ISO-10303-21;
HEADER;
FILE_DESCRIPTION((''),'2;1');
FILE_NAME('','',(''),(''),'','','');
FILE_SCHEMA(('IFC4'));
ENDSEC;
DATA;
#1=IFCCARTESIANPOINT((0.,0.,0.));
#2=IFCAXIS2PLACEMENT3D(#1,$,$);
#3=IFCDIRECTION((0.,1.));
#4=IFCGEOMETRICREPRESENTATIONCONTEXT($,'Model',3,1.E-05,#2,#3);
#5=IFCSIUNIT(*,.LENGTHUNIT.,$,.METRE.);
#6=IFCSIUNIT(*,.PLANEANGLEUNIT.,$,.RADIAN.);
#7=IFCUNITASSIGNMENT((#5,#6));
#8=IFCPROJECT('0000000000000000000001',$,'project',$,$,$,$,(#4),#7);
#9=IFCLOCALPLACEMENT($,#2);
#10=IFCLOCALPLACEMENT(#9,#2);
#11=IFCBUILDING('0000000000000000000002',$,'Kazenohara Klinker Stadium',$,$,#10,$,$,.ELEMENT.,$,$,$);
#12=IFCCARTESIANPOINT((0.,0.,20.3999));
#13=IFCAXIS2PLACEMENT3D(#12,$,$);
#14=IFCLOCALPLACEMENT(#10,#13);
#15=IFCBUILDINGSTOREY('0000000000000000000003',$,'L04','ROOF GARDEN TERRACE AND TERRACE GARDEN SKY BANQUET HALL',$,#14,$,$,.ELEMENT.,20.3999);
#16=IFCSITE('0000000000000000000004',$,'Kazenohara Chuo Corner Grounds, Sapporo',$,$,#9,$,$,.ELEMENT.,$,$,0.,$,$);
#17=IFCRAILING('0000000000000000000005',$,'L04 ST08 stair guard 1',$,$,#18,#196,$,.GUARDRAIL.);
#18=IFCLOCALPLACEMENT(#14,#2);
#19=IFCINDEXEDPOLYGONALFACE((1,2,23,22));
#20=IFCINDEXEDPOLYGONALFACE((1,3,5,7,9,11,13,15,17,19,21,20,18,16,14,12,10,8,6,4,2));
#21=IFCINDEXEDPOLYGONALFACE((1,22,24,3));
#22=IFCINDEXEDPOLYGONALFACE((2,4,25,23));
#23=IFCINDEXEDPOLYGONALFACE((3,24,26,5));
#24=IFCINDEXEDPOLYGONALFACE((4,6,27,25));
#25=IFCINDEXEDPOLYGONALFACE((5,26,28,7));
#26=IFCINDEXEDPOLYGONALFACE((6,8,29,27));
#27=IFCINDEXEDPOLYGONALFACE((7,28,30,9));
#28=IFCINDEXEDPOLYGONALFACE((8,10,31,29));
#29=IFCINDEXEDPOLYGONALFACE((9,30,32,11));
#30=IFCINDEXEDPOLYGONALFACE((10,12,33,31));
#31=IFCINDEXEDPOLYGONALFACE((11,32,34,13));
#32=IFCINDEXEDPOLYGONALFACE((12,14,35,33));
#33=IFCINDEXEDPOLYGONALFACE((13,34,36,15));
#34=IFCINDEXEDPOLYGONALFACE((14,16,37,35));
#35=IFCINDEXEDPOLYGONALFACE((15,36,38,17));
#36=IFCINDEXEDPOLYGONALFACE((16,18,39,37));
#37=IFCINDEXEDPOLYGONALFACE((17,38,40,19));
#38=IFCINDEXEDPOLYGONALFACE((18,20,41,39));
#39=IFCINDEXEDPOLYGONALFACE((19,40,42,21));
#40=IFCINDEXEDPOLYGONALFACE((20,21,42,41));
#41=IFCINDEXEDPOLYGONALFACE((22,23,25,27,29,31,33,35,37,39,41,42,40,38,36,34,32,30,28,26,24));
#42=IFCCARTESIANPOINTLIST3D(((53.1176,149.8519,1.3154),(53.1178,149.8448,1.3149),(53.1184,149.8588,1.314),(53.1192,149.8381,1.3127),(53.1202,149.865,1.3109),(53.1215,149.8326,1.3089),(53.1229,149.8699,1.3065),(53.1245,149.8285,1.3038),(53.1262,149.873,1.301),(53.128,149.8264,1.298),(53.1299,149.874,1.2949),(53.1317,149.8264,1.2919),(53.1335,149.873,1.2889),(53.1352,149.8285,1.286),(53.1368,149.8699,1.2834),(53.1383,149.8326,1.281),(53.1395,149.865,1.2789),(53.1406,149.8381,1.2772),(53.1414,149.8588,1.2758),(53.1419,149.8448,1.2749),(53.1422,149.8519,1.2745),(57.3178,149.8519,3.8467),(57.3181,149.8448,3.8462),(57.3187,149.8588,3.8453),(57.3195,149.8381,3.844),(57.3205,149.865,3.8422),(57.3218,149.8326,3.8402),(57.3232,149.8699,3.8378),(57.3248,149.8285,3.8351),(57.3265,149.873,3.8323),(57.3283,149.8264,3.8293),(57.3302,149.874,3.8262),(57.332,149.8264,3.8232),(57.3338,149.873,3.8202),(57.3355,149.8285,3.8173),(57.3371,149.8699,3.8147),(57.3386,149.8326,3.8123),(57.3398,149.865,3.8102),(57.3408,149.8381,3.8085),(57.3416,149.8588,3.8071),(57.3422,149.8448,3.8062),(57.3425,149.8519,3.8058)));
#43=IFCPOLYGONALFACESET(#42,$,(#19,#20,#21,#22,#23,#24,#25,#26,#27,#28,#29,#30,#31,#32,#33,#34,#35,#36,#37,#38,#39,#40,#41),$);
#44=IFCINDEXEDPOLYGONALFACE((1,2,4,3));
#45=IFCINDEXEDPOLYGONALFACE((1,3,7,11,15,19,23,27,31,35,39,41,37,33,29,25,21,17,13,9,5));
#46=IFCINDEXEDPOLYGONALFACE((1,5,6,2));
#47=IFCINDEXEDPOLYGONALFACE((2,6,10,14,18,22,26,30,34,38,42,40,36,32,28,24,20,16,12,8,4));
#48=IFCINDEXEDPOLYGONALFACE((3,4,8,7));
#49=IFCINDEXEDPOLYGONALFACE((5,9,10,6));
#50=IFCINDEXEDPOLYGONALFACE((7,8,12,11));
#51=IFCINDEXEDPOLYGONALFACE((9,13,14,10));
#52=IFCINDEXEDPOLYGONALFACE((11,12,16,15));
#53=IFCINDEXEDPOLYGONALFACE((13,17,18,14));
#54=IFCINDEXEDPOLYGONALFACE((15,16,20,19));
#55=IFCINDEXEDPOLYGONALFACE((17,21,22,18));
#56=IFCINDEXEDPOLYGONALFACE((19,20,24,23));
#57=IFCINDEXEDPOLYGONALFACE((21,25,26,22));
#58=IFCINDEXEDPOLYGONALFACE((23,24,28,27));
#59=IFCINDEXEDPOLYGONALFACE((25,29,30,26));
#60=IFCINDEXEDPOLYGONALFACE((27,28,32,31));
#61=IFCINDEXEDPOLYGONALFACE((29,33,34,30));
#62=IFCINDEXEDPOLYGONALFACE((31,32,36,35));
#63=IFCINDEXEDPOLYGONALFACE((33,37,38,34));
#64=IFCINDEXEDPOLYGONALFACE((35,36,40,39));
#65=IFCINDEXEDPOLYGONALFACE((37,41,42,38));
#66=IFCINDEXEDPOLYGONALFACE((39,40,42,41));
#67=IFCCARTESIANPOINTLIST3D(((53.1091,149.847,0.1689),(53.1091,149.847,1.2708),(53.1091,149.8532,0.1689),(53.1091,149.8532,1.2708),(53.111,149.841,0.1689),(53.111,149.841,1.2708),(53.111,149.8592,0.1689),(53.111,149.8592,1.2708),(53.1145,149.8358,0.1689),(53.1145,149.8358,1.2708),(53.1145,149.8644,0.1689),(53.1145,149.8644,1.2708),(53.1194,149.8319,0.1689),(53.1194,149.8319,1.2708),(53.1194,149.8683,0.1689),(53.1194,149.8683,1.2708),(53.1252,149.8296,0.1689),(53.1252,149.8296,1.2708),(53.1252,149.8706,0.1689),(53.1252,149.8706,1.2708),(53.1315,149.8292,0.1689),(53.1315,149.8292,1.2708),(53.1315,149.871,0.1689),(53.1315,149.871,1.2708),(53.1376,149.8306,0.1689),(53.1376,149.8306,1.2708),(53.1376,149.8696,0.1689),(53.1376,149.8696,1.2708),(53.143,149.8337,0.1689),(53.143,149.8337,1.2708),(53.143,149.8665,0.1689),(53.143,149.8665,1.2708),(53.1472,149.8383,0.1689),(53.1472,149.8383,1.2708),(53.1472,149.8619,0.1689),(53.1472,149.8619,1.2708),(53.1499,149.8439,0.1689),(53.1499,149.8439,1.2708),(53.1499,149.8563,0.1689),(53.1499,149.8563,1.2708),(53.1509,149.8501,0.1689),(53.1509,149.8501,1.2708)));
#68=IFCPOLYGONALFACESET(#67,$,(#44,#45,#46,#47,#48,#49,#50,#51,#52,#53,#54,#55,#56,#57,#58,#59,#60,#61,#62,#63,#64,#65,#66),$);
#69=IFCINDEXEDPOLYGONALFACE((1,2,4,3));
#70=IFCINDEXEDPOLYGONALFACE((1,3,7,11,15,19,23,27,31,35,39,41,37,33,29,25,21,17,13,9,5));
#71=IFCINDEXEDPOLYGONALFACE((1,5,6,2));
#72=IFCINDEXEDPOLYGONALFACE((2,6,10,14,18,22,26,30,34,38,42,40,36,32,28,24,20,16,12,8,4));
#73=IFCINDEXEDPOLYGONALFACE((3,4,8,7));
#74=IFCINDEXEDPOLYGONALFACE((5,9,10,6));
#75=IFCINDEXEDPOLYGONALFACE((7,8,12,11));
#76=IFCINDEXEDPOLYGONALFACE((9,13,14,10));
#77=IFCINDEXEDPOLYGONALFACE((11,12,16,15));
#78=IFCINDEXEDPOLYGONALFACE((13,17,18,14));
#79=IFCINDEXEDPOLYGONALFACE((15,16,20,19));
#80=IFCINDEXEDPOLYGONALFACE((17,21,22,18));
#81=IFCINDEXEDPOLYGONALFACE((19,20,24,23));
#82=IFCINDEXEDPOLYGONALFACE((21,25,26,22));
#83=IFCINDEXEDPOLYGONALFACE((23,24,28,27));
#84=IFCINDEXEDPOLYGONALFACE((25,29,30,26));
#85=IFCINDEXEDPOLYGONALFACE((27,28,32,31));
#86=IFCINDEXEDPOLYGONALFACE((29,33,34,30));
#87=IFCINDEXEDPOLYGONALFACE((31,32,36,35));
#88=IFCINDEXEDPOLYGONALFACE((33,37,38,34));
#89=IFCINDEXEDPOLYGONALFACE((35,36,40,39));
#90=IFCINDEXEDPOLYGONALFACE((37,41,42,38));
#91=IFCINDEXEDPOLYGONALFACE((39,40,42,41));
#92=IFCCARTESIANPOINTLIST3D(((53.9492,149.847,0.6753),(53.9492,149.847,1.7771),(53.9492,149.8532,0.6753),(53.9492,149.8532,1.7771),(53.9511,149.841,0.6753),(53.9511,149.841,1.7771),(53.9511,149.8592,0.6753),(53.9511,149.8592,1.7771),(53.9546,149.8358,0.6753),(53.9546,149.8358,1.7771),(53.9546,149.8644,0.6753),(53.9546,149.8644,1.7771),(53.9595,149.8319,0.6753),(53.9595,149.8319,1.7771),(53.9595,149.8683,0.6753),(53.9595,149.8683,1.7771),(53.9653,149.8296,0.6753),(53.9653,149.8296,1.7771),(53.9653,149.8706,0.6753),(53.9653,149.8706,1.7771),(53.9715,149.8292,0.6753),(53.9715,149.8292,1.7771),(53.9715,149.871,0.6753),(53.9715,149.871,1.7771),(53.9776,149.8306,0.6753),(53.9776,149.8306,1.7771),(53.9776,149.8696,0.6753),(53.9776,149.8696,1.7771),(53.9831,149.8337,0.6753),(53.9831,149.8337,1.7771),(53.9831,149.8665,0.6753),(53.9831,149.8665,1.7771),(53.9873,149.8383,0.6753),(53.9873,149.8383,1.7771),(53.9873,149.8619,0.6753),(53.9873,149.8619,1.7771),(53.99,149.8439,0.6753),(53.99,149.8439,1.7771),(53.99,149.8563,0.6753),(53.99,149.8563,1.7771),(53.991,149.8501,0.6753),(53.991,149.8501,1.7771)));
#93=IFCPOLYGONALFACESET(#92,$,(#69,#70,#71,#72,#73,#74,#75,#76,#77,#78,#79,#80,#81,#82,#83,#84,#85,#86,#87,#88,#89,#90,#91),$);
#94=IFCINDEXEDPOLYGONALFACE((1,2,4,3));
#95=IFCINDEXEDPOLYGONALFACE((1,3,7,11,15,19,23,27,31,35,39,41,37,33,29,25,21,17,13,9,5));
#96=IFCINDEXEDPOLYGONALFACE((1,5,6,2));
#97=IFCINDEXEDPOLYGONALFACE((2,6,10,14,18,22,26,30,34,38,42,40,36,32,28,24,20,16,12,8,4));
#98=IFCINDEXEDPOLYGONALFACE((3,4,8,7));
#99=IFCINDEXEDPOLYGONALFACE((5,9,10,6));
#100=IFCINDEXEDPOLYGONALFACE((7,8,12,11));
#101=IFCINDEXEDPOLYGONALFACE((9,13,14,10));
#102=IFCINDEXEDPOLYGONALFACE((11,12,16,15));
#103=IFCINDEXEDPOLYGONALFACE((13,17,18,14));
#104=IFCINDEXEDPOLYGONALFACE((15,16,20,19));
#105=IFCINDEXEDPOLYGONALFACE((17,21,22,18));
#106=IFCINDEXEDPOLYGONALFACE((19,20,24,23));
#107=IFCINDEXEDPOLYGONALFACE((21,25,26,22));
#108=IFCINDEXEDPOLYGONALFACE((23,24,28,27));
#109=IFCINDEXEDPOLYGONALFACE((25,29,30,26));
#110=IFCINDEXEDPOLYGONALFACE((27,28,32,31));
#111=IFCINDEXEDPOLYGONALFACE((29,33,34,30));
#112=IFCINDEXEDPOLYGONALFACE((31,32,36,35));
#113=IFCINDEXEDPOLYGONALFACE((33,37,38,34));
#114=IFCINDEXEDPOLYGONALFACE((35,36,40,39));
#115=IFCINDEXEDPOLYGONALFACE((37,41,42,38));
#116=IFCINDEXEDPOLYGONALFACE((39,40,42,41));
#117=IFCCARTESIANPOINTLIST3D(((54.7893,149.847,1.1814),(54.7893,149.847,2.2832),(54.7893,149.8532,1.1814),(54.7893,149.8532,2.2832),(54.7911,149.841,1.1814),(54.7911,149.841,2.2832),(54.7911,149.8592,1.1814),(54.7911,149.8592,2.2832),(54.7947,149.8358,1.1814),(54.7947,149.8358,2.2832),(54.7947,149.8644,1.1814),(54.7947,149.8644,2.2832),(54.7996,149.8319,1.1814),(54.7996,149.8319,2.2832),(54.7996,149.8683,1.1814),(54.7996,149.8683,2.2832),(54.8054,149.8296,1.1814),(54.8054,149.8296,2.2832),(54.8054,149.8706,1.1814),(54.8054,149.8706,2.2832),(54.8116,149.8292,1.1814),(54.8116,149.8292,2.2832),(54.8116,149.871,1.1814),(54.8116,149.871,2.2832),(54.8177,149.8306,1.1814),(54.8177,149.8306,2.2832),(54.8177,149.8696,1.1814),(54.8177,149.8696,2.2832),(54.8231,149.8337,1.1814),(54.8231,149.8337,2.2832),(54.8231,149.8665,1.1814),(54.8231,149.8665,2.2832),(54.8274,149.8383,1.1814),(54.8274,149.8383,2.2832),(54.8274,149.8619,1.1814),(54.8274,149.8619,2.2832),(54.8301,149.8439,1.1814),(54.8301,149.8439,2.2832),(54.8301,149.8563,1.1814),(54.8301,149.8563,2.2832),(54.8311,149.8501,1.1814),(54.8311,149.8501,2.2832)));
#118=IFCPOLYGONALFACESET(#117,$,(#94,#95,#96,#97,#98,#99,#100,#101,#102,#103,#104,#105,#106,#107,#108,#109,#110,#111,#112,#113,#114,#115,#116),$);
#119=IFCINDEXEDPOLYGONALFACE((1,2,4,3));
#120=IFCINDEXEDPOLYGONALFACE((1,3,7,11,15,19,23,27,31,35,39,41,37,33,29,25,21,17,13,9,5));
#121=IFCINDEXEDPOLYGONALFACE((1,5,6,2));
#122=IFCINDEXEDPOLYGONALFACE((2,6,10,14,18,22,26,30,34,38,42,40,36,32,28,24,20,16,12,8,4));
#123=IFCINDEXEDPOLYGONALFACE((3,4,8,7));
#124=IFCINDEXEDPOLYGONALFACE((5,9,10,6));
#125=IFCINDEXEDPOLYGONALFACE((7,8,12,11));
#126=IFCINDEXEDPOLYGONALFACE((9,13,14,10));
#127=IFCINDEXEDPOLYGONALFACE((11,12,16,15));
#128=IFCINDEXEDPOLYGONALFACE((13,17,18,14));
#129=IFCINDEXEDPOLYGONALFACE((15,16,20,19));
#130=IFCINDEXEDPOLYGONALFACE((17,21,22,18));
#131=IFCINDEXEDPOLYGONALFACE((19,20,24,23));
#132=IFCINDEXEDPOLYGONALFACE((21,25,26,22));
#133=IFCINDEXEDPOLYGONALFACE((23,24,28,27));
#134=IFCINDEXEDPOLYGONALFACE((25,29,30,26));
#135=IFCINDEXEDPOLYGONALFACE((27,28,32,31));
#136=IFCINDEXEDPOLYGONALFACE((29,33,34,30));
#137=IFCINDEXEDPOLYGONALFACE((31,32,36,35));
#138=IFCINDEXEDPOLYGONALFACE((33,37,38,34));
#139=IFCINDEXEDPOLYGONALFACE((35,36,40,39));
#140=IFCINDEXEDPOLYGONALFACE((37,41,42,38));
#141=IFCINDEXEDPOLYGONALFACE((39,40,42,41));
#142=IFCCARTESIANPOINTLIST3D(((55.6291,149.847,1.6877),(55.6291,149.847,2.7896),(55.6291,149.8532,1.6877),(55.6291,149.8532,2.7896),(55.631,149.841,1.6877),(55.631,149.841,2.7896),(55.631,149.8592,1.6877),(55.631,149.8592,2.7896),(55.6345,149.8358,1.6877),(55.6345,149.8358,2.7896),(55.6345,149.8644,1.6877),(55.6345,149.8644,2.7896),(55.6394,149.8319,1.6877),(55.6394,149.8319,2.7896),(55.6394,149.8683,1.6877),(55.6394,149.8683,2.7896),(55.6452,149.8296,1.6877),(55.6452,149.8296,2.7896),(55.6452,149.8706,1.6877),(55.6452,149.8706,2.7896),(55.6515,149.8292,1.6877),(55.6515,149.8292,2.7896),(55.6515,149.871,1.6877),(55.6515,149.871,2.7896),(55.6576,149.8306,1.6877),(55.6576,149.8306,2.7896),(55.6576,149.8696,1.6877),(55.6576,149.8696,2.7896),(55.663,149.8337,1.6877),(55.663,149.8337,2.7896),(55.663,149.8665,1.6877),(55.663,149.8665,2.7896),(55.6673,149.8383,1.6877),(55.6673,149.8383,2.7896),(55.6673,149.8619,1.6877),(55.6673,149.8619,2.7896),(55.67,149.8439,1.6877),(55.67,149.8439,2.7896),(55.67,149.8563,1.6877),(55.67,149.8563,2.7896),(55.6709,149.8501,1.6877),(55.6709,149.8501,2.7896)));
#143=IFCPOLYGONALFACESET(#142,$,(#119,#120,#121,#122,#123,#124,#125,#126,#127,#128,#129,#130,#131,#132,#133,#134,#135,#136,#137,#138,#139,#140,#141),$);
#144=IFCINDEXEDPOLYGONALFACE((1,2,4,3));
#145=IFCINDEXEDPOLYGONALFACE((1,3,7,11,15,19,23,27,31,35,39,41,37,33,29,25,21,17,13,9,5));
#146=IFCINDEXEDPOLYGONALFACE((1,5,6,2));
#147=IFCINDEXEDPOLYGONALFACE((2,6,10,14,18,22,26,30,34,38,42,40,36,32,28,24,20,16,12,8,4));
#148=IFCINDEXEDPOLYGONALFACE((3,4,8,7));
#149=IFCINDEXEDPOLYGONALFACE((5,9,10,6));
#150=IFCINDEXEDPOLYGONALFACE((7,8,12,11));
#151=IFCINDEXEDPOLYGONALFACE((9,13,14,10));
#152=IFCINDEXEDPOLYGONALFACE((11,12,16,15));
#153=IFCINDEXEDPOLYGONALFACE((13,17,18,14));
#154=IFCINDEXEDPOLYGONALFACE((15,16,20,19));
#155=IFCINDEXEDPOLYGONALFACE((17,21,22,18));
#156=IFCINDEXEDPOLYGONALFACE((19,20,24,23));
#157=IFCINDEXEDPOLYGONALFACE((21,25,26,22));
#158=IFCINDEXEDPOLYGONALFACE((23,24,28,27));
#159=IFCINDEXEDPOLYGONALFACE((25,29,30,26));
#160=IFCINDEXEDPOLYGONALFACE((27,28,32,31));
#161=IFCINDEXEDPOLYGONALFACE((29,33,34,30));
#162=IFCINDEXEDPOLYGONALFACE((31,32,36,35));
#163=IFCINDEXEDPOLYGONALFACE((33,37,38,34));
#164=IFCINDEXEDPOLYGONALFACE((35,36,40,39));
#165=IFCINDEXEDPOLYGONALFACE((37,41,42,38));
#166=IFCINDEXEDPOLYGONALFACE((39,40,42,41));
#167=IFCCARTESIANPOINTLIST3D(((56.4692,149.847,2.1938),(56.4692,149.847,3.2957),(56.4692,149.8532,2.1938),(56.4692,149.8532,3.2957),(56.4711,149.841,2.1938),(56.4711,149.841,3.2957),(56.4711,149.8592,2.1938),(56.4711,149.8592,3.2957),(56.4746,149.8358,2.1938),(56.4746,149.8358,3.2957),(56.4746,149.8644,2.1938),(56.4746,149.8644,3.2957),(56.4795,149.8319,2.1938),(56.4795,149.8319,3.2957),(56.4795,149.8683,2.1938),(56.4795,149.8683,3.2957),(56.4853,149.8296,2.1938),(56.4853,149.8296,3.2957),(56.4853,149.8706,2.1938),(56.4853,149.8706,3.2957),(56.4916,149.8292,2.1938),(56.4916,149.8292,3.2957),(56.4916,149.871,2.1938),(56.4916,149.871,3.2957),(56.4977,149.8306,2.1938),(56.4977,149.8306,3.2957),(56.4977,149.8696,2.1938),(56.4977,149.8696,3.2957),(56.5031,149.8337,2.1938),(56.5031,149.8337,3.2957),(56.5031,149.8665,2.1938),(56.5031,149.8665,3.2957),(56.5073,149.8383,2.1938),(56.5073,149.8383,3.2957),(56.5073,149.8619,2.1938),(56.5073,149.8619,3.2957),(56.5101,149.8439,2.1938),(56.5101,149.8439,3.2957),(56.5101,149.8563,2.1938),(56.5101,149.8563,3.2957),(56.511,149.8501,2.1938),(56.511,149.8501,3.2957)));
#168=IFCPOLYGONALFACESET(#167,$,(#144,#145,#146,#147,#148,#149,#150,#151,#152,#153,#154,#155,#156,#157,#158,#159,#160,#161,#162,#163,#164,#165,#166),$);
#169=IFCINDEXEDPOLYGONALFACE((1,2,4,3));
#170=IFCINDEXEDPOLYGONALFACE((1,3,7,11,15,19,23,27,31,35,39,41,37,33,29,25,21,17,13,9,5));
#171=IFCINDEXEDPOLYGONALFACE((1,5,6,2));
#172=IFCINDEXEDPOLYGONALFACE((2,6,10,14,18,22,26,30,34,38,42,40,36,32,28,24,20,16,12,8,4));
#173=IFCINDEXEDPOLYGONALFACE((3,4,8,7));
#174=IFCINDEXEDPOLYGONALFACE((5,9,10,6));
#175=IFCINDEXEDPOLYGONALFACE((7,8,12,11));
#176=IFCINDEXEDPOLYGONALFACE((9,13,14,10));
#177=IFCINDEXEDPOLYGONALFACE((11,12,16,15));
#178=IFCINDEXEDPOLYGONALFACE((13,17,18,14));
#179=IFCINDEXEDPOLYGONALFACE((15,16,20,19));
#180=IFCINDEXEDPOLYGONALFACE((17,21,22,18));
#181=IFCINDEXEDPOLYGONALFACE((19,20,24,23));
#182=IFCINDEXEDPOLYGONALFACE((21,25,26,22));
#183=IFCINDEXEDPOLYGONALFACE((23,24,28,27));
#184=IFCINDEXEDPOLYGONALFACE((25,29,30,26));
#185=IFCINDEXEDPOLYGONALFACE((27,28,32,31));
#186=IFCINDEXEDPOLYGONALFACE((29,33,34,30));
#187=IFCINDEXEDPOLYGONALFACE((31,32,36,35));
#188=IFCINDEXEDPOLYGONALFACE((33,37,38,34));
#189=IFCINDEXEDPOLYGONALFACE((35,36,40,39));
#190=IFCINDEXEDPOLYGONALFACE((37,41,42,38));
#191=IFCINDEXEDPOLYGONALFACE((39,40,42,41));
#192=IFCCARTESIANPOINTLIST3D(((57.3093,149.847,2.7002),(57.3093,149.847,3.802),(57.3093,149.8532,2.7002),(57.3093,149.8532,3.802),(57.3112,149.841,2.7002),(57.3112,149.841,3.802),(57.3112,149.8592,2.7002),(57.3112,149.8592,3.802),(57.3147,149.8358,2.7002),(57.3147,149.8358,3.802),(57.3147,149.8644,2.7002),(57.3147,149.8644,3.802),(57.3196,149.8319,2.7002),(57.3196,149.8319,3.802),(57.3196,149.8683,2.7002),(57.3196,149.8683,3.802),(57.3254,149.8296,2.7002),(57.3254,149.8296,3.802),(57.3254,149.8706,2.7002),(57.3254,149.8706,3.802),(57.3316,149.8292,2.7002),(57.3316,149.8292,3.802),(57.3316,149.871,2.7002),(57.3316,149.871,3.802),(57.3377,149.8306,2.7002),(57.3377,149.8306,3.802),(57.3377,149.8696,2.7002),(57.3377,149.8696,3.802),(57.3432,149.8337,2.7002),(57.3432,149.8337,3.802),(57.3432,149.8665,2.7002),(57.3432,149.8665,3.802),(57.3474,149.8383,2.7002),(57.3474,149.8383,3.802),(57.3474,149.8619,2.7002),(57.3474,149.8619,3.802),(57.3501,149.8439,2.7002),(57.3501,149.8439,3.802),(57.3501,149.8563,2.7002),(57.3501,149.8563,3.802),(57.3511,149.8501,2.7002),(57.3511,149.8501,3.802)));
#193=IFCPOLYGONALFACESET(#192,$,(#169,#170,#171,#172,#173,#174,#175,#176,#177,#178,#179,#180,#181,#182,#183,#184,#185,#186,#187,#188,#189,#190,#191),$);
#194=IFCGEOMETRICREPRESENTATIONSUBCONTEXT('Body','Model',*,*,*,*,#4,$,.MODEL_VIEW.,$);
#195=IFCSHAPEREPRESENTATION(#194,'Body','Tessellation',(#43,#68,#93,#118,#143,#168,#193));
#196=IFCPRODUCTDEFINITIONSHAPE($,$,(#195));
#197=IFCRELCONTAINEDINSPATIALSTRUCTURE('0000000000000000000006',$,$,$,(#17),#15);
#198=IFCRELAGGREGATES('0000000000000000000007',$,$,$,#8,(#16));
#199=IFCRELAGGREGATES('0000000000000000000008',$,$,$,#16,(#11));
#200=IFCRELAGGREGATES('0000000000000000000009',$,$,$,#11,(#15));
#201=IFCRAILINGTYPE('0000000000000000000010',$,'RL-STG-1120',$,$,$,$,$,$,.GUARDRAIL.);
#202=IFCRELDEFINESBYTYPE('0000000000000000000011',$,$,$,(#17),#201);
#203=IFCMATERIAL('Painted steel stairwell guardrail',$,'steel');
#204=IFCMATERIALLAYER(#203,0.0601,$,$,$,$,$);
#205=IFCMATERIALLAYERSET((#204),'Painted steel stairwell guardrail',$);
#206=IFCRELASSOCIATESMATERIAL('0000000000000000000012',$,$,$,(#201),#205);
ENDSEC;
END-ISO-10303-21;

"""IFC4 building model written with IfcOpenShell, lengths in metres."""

from ifc_helpers import new_model, si_unit, direction, frame, origin, origin_2d, place, context, subcontext, project, spatial, circle, extrude, material, layer, layer_set, type_object, element, save


model = new_model("IFC4")

# Units and contexts
model_context = context("Model", 3, precision=1e-05, world=origin(), true_north=direction((0.0, 1.0)))
body_context = subcontext(model_context, "Body", "Model", "MODEL_VIEW")
ifc_project = project(units=[si_unit("LENGTHUNIT", "METRE"), si_unit("PLANEANGLEUNIT", "RADIAN")], contexts=[model_context])

# Site, building, storey
site_placement = place(None, origin())
site = spatial("IfcSite", under=ifc_project, at=site_placement, Name="Kazenohara Chuo Corner Grounds, Sapporo", CompositionType="ELEMENT", RefElevation=0.0)
building_placement = place(site_placement, origin())
building = spatial("IfcBuilding", under=site, at=building_placement, Name="Kazenohara Klinker Stadium", CompositionType="ELEMENT")
storey_placement = place(building_placement, frame((0.0, 0.0, 20.3999)))
storey = spatial("IfcBuildingStorey", under=building, at=storey_placement, Name="L04", Description="ROOF GARDEN TERRACE AND TERRACE GARDEN SKY BANQUET HALL", CompositionType="ELEMENT", Elevation=20.3999)

# Railing
ifc_material_1 = material(Name="Painted steel stairwell guardrail", Category="steel")
ifc_layer_1 = layer(ifc_material_1, 0.0601)
ifc_layer_set_1 = layer_set([ifc_layer_1], Name="Painted steel stairwell guardrail")
railing_type_1 = type_object("IfcRailingType", Name="RL-STG-1120", PredefinedType="GUARDRAIL", material=ifc_layer_set_1)
railing_1_placement = place(storey_placement, frame((53.1299, 149.8501, 0.1689)))
element("IfcRailing", 1, at=railing_1_placement, inside=storey, type_object=railing_type_1, Name="L04 ST08 stair guard 1", PredefinedType="GUARDRAIL", context=body_context, shape_type="SweptSolid", body=[
    extrude(circle(Radius=0.0239, at=origin_2d()), frame((0.0, 0.0, 1.126), z_axis=(0.85649, 0.0, 0.516164), x_axis=(0.0, 1.0, 0.0)), (0.0, 0.0, 1.0), 4.9041),
    extrude(circle(Radius=0.021, at=origin_2d()), origin(), (0.0, 0.0, 1.0), 1.1018),
    extrude(circle(Radius=0.021, at=origin_2d()), frame((0.8401, 0.0, 0.5063)), (0.0, 0.0, 1.0), 1.1018),
    extrude(circle(Radius=0.021, at=origin_2d()), frame((1.6802, 0.0, 1.0125)), (0.0, 0.0, 1.0), 1.1018),
    extrude(circle(Radius=0.021, at=origin_2d()), frame((2.52, 0.0, 1.5188)), (0.0, 0.0, 1.0), 1.1018),
    extrude(circle(Radius=0.021, at=origin_2d()), frame((3.3601, 0.0, 2.0249)), (0.0, 0.0, 1.0), 1.1018),
    extrude(circle(Radius=0.021, at=origin_2d()), frame((4.2002, 0.0, 2.5312)), (0.0, 0.0, 1.0), 1.1018),
])

save(model, "model.ifc")
